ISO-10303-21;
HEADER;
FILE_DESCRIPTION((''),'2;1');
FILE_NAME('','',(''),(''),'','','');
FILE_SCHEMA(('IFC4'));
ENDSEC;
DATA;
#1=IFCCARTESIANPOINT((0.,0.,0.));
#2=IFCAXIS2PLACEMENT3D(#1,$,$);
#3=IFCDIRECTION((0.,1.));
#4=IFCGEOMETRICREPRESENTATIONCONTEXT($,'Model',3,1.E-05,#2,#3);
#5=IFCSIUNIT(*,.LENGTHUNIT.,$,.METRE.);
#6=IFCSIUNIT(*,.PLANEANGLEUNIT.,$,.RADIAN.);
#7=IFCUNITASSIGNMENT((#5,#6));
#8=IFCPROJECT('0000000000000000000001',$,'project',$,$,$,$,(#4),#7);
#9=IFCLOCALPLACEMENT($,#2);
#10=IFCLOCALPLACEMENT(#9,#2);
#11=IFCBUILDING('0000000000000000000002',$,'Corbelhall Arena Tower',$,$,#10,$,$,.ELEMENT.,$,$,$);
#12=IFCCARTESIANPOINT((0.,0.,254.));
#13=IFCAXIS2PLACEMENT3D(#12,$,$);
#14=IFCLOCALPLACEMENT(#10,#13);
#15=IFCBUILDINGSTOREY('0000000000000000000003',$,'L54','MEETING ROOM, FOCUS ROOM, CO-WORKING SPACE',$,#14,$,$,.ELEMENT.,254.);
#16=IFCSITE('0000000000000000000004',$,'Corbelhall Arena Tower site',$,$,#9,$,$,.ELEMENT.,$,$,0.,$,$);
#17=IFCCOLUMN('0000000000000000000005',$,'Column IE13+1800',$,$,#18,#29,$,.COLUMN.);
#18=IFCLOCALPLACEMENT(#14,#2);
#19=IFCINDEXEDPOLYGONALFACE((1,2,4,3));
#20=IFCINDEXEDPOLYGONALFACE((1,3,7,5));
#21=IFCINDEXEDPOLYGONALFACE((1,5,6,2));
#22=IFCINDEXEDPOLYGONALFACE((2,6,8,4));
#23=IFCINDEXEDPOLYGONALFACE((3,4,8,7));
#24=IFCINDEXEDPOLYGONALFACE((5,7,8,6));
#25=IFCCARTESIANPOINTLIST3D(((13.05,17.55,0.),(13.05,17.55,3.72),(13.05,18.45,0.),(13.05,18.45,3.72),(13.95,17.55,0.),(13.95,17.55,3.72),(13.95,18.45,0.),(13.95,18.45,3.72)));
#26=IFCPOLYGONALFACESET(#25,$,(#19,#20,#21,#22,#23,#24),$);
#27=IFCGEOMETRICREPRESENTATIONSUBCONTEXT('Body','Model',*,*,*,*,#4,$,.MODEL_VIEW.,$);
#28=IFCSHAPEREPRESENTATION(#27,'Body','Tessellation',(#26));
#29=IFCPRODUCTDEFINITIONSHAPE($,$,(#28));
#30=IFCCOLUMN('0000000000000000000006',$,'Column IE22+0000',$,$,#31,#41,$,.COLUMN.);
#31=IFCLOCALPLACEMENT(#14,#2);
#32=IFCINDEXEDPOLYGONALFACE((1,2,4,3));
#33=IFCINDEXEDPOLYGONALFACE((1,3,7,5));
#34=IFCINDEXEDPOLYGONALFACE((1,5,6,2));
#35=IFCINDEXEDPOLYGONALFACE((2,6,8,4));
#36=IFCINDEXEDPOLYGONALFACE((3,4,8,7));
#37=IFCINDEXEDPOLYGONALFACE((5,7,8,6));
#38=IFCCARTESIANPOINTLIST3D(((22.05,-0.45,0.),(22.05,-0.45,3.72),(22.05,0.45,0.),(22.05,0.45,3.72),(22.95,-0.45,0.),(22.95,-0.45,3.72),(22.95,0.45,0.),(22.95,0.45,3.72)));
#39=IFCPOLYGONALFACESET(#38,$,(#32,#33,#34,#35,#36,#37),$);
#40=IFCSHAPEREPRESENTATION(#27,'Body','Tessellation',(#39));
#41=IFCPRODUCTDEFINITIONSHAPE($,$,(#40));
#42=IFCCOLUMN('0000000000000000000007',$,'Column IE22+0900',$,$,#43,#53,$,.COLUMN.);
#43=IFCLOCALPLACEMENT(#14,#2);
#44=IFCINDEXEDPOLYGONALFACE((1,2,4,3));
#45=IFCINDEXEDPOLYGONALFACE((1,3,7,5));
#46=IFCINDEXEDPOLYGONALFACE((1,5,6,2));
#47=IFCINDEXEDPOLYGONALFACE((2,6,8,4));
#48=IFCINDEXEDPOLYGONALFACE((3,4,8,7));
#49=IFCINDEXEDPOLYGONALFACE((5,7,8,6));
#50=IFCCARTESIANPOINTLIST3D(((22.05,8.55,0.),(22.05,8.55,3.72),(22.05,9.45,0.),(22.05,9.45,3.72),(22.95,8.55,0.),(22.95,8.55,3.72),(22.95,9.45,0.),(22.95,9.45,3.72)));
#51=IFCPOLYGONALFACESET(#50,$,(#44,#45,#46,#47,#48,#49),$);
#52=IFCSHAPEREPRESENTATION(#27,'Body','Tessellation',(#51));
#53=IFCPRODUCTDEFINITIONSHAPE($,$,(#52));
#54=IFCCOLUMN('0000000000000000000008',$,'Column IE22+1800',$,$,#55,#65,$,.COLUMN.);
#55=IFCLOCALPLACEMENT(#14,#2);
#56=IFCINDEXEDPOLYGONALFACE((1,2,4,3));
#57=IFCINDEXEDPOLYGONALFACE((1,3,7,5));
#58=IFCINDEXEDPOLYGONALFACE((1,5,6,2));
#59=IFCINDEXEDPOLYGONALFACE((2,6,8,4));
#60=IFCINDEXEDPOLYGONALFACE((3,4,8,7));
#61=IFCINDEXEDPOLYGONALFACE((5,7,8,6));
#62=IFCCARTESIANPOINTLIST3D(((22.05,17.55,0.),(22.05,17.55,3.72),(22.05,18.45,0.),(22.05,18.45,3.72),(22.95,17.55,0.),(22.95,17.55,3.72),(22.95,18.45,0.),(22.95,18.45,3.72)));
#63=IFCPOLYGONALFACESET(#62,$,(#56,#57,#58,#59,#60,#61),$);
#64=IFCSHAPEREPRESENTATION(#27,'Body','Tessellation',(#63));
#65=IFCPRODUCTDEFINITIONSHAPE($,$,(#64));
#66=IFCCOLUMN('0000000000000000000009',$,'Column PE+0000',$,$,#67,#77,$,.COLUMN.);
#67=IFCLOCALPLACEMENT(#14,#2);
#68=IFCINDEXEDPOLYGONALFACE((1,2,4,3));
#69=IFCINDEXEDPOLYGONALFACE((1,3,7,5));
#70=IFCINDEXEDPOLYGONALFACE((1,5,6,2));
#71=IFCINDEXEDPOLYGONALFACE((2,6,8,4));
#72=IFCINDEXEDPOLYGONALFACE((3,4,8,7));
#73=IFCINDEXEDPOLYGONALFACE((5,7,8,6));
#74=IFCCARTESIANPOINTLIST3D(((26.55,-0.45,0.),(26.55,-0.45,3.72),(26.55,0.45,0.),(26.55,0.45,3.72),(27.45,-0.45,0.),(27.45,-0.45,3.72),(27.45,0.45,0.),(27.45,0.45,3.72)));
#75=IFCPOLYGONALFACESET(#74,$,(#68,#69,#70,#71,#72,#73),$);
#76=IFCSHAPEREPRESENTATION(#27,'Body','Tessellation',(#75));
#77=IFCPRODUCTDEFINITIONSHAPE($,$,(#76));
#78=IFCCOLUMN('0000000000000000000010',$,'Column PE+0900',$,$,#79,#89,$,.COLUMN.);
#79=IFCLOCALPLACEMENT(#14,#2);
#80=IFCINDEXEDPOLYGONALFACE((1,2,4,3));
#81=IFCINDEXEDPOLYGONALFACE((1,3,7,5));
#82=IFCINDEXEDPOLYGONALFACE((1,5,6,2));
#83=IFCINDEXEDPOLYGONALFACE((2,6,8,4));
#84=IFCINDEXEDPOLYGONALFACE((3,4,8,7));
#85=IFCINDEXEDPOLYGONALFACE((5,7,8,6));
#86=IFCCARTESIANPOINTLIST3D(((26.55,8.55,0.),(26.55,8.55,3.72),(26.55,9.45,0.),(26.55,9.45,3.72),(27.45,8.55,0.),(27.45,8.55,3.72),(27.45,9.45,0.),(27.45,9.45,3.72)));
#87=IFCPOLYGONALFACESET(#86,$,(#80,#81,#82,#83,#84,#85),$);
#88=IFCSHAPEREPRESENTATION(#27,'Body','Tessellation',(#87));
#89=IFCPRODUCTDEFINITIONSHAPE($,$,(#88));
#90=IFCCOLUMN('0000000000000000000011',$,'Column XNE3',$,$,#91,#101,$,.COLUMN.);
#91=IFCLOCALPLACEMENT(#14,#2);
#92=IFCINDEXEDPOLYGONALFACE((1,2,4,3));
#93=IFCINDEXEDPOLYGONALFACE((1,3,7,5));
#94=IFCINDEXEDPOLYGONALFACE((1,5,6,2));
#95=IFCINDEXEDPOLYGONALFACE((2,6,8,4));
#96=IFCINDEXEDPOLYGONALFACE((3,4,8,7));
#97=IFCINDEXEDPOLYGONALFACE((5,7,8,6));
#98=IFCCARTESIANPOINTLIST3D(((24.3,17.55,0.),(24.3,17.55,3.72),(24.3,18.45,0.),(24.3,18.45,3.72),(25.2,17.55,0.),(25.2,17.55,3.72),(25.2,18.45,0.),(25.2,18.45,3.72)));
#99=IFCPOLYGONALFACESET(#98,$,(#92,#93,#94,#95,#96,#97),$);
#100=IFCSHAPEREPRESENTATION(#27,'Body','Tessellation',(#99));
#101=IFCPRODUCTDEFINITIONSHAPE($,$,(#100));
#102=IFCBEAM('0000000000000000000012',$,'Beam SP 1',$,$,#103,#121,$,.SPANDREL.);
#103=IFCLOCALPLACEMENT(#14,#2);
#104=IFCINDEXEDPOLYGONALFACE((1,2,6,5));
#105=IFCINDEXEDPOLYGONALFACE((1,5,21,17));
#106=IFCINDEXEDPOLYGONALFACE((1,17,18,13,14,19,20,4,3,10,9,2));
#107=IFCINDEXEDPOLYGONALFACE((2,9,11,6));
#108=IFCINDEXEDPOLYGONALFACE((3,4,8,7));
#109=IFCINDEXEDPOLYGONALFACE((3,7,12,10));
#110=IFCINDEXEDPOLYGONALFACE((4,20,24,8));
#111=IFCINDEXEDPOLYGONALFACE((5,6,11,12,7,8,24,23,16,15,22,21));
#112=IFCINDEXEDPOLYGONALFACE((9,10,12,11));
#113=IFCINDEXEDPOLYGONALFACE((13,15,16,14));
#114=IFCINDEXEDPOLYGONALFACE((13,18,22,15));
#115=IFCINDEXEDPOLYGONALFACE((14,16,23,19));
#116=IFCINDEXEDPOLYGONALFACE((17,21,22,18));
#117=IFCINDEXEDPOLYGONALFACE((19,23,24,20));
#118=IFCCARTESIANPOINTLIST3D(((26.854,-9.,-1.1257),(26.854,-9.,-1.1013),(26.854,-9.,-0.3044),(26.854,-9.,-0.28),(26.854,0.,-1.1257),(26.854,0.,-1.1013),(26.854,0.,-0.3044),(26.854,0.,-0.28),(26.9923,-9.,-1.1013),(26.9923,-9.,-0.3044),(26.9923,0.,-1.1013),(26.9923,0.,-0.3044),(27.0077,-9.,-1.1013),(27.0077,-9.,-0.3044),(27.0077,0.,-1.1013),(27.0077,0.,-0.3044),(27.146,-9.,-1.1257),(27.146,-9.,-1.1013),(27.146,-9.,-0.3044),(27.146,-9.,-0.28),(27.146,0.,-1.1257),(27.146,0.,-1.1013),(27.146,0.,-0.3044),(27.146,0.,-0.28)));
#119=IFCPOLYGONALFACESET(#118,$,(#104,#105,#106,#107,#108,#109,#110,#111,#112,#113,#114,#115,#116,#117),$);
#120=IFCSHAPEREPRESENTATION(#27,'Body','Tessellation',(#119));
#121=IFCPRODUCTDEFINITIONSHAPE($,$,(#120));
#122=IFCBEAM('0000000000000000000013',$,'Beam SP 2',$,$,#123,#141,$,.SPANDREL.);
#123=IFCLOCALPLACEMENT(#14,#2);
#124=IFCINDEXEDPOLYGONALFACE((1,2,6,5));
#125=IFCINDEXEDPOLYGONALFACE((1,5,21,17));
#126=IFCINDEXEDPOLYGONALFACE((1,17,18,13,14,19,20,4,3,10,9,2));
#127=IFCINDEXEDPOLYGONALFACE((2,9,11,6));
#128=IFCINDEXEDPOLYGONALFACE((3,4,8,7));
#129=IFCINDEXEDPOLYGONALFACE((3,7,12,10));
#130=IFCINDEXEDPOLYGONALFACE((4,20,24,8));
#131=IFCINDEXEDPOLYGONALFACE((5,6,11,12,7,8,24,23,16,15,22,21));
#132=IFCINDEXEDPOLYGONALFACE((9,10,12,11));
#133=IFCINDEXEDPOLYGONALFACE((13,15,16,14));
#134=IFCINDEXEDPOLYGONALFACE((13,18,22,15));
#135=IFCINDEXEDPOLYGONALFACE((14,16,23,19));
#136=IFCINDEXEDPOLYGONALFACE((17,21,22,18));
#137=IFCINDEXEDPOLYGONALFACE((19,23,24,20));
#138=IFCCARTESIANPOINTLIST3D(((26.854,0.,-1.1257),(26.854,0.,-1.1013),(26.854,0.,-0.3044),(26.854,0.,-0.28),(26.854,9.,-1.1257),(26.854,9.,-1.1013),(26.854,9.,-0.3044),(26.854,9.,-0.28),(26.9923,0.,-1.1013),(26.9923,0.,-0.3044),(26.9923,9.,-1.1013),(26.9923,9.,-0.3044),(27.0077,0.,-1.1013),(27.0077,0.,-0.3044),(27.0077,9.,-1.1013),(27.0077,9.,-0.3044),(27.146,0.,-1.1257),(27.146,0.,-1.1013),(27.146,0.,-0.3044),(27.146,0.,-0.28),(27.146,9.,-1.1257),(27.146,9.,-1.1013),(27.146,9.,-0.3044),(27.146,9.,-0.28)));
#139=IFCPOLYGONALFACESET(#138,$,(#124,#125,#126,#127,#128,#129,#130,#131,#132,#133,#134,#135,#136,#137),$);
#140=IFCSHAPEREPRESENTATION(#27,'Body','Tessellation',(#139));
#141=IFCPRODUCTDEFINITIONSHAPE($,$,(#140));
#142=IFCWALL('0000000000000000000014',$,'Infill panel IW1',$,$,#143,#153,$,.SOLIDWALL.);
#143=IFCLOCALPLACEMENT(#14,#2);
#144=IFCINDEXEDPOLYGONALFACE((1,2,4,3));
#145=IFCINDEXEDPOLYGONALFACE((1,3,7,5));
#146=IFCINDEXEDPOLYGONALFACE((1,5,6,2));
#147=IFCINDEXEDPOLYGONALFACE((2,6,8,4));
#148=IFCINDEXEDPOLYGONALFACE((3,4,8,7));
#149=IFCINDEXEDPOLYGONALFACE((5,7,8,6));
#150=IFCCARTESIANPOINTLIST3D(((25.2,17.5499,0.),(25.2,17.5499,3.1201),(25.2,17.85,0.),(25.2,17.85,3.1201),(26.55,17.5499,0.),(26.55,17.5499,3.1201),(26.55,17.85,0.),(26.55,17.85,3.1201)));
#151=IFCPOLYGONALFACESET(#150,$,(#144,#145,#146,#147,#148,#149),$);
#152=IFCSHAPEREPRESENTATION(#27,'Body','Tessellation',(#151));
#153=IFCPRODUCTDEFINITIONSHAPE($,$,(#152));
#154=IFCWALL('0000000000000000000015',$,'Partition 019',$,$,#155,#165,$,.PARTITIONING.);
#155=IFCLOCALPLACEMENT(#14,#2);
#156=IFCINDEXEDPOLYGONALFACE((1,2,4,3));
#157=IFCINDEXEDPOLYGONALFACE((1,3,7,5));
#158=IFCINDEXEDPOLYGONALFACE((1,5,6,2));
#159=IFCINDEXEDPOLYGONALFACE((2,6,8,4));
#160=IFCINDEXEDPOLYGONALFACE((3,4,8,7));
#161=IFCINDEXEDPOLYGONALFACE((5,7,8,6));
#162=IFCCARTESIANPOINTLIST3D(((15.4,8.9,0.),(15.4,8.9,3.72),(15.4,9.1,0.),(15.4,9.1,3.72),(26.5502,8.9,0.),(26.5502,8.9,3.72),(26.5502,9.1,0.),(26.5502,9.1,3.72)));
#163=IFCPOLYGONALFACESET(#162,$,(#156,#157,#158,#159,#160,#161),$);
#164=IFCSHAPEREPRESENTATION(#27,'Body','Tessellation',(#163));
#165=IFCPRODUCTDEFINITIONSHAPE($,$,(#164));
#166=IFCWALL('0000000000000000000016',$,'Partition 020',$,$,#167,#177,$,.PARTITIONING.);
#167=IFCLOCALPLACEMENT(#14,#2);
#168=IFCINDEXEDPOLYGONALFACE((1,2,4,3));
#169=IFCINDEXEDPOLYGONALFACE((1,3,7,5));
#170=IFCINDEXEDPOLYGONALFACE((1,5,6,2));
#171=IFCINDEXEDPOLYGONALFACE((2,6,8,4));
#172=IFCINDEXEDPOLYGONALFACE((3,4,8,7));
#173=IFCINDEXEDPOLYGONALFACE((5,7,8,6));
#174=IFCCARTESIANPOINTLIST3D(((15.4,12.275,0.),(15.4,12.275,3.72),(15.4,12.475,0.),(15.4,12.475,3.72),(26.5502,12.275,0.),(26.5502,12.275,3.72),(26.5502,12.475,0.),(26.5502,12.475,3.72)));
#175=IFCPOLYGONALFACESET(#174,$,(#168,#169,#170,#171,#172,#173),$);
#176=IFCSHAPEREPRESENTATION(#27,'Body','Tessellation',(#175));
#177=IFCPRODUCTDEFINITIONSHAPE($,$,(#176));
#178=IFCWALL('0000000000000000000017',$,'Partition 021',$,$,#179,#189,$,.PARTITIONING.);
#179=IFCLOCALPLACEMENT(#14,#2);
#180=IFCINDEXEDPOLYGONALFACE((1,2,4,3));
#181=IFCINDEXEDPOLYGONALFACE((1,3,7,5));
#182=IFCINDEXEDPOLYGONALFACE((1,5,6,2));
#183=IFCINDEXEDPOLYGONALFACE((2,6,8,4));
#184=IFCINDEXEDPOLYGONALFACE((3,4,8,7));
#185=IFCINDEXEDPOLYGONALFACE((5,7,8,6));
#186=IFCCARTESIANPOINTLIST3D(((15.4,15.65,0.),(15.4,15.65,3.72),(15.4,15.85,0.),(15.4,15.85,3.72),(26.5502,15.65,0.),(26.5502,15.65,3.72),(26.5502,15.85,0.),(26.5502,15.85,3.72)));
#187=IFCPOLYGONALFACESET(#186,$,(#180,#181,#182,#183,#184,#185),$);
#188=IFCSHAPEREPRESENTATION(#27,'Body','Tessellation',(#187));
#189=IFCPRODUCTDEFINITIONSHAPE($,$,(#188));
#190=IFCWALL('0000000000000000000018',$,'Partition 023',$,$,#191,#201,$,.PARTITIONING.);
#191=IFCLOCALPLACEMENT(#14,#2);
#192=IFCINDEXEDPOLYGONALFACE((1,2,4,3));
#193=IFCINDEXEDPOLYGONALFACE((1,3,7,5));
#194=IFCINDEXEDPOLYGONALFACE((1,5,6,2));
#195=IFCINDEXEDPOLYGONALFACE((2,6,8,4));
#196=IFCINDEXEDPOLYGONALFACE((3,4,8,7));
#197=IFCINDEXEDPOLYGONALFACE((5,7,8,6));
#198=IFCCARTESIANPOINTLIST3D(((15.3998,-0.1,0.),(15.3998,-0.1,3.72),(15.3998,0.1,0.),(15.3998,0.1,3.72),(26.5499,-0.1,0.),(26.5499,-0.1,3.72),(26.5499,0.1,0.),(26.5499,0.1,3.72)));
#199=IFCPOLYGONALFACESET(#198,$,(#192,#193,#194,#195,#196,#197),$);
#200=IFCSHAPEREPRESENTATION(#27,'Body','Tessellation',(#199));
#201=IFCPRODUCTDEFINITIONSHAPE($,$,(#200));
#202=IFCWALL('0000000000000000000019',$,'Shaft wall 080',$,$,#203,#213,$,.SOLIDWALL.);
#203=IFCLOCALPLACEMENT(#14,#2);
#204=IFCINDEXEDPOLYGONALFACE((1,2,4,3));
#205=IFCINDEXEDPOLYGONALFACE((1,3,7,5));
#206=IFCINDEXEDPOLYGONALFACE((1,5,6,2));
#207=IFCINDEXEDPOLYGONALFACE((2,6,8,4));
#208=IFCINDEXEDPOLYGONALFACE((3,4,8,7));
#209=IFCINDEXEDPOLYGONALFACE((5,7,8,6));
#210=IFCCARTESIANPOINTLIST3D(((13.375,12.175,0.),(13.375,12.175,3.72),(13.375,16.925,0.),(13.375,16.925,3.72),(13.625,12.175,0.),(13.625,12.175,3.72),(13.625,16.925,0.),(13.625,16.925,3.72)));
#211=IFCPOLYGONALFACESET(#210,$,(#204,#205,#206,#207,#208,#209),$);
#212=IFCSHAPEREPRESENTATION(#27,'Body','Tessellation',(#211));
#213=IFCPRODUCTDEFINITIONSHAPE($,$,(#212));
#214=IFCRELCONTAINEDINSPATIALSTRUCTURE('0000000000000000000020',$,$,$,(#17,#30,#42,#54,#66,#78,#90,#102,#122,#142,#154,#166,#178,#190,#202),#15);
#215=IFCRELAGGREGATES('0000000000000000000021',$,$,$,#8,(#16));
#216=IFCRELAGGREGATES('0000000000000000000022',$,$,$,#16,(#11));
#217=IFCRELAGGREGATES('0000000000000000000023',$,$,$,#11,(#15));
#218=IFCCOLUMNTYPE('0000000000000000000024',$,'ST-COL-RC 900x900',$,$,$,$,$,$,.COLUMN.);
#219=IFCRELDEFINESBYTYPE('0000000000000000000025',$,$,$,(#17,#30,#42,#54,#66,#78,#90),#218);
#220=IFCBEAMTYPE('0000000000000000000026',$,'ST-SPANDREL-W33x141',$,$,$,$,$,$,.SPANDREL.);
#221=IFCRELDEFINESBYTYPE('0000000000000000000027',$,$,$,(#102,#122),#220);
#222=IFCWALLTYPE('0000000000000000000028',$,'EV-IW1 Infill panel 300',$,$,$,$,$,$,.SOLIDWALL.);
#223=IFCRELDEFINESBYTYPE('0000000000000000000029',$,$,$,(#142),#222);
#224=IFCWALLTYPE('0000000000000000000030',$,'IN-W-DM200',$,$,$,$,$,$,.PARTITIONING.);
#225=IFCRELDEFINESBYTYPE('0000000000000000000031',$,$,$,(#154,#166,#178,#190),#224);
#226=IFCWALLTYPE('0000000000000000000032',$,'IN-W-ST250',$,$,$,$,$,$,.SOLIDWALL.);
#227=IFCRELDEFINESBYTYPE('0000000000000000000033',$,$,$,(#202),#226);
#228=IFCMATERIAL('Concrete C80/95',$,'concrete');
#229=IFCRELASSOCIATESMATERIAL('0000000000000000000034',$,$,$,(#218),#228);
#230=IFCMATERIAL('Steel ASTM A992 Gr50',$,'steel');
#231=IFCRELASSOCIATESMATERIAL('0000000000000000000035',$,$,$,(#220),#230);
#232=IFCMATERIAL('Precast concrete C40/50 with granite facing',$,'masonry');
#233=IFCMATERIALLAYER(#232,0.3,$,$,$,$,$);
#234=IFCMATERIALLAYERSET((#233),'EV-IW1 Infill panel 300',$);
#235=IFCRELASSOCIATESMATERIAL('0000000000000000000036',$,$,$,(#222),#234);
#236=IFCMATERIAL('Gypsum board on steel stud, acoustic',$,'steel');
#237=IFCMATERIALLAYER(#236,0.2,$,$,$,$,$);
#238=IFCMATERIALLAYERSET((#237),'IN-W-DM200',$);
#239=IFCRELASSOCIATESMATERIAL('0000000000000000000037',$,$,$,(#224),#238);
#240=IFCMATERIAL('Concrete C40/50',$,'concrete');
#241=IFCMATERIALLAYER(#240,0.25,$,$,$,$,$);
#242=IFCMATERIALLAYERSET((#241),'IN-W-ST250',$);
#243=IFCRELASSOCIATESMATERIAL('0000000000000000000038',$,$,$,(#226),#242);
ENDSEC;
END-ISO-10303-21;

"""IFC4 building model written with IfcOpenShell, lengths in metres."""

from ifc_helpers import new_model, si_unit, direction, frame, frame_2d, origin, origin_2d, place, context, subcontext, project, spatial, rectangle, i_section, extrude, material, layer, layer_set, material_profile, profile_set, type_object, element, save


model = new_model("IFC4")

# Units and contexts
model_context = context("Model", 3, precision=1e-05, world=origin(), true_north=direction((0.0, 1.0)))
body_context = subcontext(model_context, "Body", "Model", "MODEL_VIEW")
ifc_project = project(units=[si_unit("LENGTHUNIT", "METRE"), si_unit("PLANEANGLEUNIT", "RADIAN")], contexts=[model_context])

# Site, building, storey
site_placement = place(None, origin())
site = spatial("IfcSite", under=ifc_project, at=site_placement, Name="Corbelhall Arena Tower site", CompositionType="ELEMENT", RefElevation=0.0)
building_placement = place(site_placement, origin())
building = spatial("IfcBuilding", under=site, at=building_placement, Name="Corbelhall Arena Tower", CompositionType="ELEMENT")
storey_placement = place(building_placement, frame((0.0, 0.0, 254.0)))
storey = spatial("IfcBuildingStorey", under=building, at=storey_placement, Name="L54", Description="MEETING ROOM, FOCUS ROOM, CO-WORKING SPACE", CompositionType="ELEMENT", Elevation=254.0)

# Columns
ifc_material_1 = material(Name="Concrete C80/95", Category="concrete")
ifc_material_profile_1 = material_profile(ifc_material_1, rectangle(XDim=0.8999, YDim=0.8999, at=origin_2d()))
ifc_profile_set_1 = profile_set([ifc_material_profile_1], Name="Concrete C80/95")
column_type = type_object("IfcColumnType", Name="ST-COL-RC 900x900", PredefinedType="COLUMN", material=ifc_profile_set_1)
for number, where, z_axis, x_axis, name in (
    (1, (13.5, 18.0, 0.0), (0.0, 0.0, 1.0), (1.0, 0.0, 0.0), "Column IE13+1800"),
    (2, (22.5, 0.0, 0.0), (0.0, 0.0, 1.0), (1.0, 0.0, 0.0), "Column IE22+0000"),
    (3, (22.5, 9.0, 0.0), (0.0, 0.0, 1.0), (1.0, 0.0, 0.0), "Column IE22+0900"),
    (4, (22.5, 18.0, 0.0), (0.0, 0.0, 1.0), (1.0, 0.0, 0.0), "Column IE22+1800"),
    (5, (27.0, 0.0, 0.0), (0.0, 0.0, 1.0), (0.0, 1.0, 0.0), "Column PE+0000"),
    (6, (27.0, 9.0, 0.0), (0.0, 0.0, 1.0), (0.0, 1.0, 0.0), "Column PE+0900"),
    (7, (24.75, 18.0, 0.0), (0.0, 0.0, 1.0), (1.0, 0.0, 0.0), "Column XNE3"),
):
    element("IfcColumn", number, at=place(storey_placement, frame(where, z_axis=z_axis, x_axis=x_axis)), inside=storey, type_object=column_type, Name=name, PredefinedType="COLUMN", context=body_context, shape_type="SweptSolid", body=[
        extrude(rectangle(XDim=0.8999, YDim=0.8999, at=origin_2d()), origin(), (0.0, 0.0, 1.0), 3.72),
    ])

# Beams
ifc_material_2 = material(Name="Steel ASTM A992 Gr50", Category="steel")
ifc_material_profile_2 = material_profile(ifc_material_2, i_section(OverallWidth=0.292, OverallDepth=0.8457, WebThickness=0.0154, FlangeThickness=0.0244, at=origin_2d()))
ifc_profile_set_2 = profile_set([ifc_material_profile_2], Name="Steel ASTM A992 Gr50")
beam_type = type_object("IfcBeamType", Name="ST-SPANDREL-W33x141", PredefinedType="SPANDREL", material=ifc_profile_set_2)
for number, where, z_axis, x_axis, name in (
    (8, (27.0, 0.0, -0.7029), (0.0, -1.0, 0.0), (1.0, 0.0, 0.0), "Beam SP 1"),
    (9, (27.0, 9.0, -0.7029), (0.0, -1.0, 0.0), (1.0, 0.0, 0.0), "Beam SP 2"),
):
    element("IfcBeam", number, at=place(storey_placement, frame(where, z_axis=z_axis, x_axis=x_axis)), inside=storey, type_object=beam_type, Name=name, PredefinedType="SPANDREL", context=body_context, shape_type="SweptSolid", body=[
        extrude(i_section(OverallWidth=0.292, OverallDepth=0.8457, WebThickness=0.0154, FlangeThickness=0.0244, at=origin_2d()), origin(), (0.0, 0.0, 1.0), 9.0),
    ])

# Shared definitions
ifc_material_3 = material(Name="Precast concrete C40/50 with granite facing", Category="masonry")
ifc_layer_1 = layer(ifc_material_3, 0.3)
ifc_layer_set_1 = layer_set([ifc_layer_1], Name="EV-IW1 Infill panel 300")
wall_type_1 = type_object("IfcWallType", Name="EV-IW1 Infill panel 300", PredefinedType="SOLIDWALL", material=ifc_layer_set_1)

# Wall
wall_1_placement = place(storey_placement, frame((26.55, 17.7, 0.0), z_axis=(0.0, 0.0, 1.0), x_axis=(-1.0, 0.0, 0.0)))
element("IfcWall", 10, at=wall_1_placement, inside=storey, type_object=wall_type_1, Name="Infill panel IW1", PredefinedType="SOLIDWALL", context=body_context, shape_type="SweptSolid", body=[
    extrude(rectangle(XDim=1.3501, YDim=0.3, at=frame_2d((0.675, 0.0))), origin(), (0.0, 0.0, 1.0), 3.1201),
])

# Shared definitions
ifc_material_4 = material(Name="Gypsum board on steel stud, acoustic", Category="steel")
ifc_layer_2 = layer(ifc_material_4, 0.2)
ifc_layer_set_2 = layer_set([ifc_layer_2], Name="IN-W-DM200")
wall_type_2 = type_object("IfcWallType", Name="IN-W-DM200", PredefinedType="PARTITIONING", material=ifc_layer_set_2)

# Walls
for number, where, z_axis, x_axis, name in (
    (11, (15.3999, 9.0, 0.0), (0.0, 0.0, 1.0), (1.0, 0.0, 0.0), "Partition 019"),
    (12, (15.3999, 12.375, 0.0), (0.0, 0.0, 1.0), (1.0, 0.0, 0.0), "Partition 020"),
    (13, (15.3999, 15.75, 0.0), (0.0, 0.0, 1.0), (1.0, 0.0, 0.0), "Partition 021"),
    (14, (26.55, 0.0, 0.0), (0.0, 0.0, 1.0), (-1.0, 0.0, 0.0), "Partition 023"),
):
    element("IfcWall", number, at=place(storey_placement, frame(where, z_axis=z_axis, x_axis=x_axis)), inside=storey, type_object=wall_type_2, Name=name, PredefinedType="PARTITIONING", context=body_context, shape_type="SweptSolid", body=[
        extrude(rectangle(XDim=11.1501, YDim=0.2, at=frame_2d((5.5752, 0.0))), origin(), (0.0, 0.0, 1.0), 3.72),
    ])

# Wall
ifc_material_5 = material(Name="Concrete C40/50", Category="concrete")
ifc_layer_3 = layer(ifc_material_5, 0.25)
ifc_layer_set_3 = layer_set([ifc_layer_3], Name="IN-W-ST250")
wall_type_3 = type_object("IfcWallType", Name="IN-W-ST250", PredefinedType="SOLIDWALL", material=ifc_layer_set_3)
wall_2_placement = place(storey_placement, frame((13.5, 12.175, 0.0), z_axis=(0.0, 0.0, 1.0), x_axis=(0.0, 1.0, 0.0)))
element("IfcWall", 15, at=wall_2_placement, inside=storey, type_object=wall_type_3, Name="Shaft wall 080", PredefinedType="SOLIDWALL", context=body_context, shape_type="SweptSolid", body=[
    extrude(rectangle(XDim=4.75, YDim=0.25, at=frame_2d((2.375, 0.0))), origin(), (0.0, 0.0, 1.0), 3.72),
])

save(model, "model.ifc")
